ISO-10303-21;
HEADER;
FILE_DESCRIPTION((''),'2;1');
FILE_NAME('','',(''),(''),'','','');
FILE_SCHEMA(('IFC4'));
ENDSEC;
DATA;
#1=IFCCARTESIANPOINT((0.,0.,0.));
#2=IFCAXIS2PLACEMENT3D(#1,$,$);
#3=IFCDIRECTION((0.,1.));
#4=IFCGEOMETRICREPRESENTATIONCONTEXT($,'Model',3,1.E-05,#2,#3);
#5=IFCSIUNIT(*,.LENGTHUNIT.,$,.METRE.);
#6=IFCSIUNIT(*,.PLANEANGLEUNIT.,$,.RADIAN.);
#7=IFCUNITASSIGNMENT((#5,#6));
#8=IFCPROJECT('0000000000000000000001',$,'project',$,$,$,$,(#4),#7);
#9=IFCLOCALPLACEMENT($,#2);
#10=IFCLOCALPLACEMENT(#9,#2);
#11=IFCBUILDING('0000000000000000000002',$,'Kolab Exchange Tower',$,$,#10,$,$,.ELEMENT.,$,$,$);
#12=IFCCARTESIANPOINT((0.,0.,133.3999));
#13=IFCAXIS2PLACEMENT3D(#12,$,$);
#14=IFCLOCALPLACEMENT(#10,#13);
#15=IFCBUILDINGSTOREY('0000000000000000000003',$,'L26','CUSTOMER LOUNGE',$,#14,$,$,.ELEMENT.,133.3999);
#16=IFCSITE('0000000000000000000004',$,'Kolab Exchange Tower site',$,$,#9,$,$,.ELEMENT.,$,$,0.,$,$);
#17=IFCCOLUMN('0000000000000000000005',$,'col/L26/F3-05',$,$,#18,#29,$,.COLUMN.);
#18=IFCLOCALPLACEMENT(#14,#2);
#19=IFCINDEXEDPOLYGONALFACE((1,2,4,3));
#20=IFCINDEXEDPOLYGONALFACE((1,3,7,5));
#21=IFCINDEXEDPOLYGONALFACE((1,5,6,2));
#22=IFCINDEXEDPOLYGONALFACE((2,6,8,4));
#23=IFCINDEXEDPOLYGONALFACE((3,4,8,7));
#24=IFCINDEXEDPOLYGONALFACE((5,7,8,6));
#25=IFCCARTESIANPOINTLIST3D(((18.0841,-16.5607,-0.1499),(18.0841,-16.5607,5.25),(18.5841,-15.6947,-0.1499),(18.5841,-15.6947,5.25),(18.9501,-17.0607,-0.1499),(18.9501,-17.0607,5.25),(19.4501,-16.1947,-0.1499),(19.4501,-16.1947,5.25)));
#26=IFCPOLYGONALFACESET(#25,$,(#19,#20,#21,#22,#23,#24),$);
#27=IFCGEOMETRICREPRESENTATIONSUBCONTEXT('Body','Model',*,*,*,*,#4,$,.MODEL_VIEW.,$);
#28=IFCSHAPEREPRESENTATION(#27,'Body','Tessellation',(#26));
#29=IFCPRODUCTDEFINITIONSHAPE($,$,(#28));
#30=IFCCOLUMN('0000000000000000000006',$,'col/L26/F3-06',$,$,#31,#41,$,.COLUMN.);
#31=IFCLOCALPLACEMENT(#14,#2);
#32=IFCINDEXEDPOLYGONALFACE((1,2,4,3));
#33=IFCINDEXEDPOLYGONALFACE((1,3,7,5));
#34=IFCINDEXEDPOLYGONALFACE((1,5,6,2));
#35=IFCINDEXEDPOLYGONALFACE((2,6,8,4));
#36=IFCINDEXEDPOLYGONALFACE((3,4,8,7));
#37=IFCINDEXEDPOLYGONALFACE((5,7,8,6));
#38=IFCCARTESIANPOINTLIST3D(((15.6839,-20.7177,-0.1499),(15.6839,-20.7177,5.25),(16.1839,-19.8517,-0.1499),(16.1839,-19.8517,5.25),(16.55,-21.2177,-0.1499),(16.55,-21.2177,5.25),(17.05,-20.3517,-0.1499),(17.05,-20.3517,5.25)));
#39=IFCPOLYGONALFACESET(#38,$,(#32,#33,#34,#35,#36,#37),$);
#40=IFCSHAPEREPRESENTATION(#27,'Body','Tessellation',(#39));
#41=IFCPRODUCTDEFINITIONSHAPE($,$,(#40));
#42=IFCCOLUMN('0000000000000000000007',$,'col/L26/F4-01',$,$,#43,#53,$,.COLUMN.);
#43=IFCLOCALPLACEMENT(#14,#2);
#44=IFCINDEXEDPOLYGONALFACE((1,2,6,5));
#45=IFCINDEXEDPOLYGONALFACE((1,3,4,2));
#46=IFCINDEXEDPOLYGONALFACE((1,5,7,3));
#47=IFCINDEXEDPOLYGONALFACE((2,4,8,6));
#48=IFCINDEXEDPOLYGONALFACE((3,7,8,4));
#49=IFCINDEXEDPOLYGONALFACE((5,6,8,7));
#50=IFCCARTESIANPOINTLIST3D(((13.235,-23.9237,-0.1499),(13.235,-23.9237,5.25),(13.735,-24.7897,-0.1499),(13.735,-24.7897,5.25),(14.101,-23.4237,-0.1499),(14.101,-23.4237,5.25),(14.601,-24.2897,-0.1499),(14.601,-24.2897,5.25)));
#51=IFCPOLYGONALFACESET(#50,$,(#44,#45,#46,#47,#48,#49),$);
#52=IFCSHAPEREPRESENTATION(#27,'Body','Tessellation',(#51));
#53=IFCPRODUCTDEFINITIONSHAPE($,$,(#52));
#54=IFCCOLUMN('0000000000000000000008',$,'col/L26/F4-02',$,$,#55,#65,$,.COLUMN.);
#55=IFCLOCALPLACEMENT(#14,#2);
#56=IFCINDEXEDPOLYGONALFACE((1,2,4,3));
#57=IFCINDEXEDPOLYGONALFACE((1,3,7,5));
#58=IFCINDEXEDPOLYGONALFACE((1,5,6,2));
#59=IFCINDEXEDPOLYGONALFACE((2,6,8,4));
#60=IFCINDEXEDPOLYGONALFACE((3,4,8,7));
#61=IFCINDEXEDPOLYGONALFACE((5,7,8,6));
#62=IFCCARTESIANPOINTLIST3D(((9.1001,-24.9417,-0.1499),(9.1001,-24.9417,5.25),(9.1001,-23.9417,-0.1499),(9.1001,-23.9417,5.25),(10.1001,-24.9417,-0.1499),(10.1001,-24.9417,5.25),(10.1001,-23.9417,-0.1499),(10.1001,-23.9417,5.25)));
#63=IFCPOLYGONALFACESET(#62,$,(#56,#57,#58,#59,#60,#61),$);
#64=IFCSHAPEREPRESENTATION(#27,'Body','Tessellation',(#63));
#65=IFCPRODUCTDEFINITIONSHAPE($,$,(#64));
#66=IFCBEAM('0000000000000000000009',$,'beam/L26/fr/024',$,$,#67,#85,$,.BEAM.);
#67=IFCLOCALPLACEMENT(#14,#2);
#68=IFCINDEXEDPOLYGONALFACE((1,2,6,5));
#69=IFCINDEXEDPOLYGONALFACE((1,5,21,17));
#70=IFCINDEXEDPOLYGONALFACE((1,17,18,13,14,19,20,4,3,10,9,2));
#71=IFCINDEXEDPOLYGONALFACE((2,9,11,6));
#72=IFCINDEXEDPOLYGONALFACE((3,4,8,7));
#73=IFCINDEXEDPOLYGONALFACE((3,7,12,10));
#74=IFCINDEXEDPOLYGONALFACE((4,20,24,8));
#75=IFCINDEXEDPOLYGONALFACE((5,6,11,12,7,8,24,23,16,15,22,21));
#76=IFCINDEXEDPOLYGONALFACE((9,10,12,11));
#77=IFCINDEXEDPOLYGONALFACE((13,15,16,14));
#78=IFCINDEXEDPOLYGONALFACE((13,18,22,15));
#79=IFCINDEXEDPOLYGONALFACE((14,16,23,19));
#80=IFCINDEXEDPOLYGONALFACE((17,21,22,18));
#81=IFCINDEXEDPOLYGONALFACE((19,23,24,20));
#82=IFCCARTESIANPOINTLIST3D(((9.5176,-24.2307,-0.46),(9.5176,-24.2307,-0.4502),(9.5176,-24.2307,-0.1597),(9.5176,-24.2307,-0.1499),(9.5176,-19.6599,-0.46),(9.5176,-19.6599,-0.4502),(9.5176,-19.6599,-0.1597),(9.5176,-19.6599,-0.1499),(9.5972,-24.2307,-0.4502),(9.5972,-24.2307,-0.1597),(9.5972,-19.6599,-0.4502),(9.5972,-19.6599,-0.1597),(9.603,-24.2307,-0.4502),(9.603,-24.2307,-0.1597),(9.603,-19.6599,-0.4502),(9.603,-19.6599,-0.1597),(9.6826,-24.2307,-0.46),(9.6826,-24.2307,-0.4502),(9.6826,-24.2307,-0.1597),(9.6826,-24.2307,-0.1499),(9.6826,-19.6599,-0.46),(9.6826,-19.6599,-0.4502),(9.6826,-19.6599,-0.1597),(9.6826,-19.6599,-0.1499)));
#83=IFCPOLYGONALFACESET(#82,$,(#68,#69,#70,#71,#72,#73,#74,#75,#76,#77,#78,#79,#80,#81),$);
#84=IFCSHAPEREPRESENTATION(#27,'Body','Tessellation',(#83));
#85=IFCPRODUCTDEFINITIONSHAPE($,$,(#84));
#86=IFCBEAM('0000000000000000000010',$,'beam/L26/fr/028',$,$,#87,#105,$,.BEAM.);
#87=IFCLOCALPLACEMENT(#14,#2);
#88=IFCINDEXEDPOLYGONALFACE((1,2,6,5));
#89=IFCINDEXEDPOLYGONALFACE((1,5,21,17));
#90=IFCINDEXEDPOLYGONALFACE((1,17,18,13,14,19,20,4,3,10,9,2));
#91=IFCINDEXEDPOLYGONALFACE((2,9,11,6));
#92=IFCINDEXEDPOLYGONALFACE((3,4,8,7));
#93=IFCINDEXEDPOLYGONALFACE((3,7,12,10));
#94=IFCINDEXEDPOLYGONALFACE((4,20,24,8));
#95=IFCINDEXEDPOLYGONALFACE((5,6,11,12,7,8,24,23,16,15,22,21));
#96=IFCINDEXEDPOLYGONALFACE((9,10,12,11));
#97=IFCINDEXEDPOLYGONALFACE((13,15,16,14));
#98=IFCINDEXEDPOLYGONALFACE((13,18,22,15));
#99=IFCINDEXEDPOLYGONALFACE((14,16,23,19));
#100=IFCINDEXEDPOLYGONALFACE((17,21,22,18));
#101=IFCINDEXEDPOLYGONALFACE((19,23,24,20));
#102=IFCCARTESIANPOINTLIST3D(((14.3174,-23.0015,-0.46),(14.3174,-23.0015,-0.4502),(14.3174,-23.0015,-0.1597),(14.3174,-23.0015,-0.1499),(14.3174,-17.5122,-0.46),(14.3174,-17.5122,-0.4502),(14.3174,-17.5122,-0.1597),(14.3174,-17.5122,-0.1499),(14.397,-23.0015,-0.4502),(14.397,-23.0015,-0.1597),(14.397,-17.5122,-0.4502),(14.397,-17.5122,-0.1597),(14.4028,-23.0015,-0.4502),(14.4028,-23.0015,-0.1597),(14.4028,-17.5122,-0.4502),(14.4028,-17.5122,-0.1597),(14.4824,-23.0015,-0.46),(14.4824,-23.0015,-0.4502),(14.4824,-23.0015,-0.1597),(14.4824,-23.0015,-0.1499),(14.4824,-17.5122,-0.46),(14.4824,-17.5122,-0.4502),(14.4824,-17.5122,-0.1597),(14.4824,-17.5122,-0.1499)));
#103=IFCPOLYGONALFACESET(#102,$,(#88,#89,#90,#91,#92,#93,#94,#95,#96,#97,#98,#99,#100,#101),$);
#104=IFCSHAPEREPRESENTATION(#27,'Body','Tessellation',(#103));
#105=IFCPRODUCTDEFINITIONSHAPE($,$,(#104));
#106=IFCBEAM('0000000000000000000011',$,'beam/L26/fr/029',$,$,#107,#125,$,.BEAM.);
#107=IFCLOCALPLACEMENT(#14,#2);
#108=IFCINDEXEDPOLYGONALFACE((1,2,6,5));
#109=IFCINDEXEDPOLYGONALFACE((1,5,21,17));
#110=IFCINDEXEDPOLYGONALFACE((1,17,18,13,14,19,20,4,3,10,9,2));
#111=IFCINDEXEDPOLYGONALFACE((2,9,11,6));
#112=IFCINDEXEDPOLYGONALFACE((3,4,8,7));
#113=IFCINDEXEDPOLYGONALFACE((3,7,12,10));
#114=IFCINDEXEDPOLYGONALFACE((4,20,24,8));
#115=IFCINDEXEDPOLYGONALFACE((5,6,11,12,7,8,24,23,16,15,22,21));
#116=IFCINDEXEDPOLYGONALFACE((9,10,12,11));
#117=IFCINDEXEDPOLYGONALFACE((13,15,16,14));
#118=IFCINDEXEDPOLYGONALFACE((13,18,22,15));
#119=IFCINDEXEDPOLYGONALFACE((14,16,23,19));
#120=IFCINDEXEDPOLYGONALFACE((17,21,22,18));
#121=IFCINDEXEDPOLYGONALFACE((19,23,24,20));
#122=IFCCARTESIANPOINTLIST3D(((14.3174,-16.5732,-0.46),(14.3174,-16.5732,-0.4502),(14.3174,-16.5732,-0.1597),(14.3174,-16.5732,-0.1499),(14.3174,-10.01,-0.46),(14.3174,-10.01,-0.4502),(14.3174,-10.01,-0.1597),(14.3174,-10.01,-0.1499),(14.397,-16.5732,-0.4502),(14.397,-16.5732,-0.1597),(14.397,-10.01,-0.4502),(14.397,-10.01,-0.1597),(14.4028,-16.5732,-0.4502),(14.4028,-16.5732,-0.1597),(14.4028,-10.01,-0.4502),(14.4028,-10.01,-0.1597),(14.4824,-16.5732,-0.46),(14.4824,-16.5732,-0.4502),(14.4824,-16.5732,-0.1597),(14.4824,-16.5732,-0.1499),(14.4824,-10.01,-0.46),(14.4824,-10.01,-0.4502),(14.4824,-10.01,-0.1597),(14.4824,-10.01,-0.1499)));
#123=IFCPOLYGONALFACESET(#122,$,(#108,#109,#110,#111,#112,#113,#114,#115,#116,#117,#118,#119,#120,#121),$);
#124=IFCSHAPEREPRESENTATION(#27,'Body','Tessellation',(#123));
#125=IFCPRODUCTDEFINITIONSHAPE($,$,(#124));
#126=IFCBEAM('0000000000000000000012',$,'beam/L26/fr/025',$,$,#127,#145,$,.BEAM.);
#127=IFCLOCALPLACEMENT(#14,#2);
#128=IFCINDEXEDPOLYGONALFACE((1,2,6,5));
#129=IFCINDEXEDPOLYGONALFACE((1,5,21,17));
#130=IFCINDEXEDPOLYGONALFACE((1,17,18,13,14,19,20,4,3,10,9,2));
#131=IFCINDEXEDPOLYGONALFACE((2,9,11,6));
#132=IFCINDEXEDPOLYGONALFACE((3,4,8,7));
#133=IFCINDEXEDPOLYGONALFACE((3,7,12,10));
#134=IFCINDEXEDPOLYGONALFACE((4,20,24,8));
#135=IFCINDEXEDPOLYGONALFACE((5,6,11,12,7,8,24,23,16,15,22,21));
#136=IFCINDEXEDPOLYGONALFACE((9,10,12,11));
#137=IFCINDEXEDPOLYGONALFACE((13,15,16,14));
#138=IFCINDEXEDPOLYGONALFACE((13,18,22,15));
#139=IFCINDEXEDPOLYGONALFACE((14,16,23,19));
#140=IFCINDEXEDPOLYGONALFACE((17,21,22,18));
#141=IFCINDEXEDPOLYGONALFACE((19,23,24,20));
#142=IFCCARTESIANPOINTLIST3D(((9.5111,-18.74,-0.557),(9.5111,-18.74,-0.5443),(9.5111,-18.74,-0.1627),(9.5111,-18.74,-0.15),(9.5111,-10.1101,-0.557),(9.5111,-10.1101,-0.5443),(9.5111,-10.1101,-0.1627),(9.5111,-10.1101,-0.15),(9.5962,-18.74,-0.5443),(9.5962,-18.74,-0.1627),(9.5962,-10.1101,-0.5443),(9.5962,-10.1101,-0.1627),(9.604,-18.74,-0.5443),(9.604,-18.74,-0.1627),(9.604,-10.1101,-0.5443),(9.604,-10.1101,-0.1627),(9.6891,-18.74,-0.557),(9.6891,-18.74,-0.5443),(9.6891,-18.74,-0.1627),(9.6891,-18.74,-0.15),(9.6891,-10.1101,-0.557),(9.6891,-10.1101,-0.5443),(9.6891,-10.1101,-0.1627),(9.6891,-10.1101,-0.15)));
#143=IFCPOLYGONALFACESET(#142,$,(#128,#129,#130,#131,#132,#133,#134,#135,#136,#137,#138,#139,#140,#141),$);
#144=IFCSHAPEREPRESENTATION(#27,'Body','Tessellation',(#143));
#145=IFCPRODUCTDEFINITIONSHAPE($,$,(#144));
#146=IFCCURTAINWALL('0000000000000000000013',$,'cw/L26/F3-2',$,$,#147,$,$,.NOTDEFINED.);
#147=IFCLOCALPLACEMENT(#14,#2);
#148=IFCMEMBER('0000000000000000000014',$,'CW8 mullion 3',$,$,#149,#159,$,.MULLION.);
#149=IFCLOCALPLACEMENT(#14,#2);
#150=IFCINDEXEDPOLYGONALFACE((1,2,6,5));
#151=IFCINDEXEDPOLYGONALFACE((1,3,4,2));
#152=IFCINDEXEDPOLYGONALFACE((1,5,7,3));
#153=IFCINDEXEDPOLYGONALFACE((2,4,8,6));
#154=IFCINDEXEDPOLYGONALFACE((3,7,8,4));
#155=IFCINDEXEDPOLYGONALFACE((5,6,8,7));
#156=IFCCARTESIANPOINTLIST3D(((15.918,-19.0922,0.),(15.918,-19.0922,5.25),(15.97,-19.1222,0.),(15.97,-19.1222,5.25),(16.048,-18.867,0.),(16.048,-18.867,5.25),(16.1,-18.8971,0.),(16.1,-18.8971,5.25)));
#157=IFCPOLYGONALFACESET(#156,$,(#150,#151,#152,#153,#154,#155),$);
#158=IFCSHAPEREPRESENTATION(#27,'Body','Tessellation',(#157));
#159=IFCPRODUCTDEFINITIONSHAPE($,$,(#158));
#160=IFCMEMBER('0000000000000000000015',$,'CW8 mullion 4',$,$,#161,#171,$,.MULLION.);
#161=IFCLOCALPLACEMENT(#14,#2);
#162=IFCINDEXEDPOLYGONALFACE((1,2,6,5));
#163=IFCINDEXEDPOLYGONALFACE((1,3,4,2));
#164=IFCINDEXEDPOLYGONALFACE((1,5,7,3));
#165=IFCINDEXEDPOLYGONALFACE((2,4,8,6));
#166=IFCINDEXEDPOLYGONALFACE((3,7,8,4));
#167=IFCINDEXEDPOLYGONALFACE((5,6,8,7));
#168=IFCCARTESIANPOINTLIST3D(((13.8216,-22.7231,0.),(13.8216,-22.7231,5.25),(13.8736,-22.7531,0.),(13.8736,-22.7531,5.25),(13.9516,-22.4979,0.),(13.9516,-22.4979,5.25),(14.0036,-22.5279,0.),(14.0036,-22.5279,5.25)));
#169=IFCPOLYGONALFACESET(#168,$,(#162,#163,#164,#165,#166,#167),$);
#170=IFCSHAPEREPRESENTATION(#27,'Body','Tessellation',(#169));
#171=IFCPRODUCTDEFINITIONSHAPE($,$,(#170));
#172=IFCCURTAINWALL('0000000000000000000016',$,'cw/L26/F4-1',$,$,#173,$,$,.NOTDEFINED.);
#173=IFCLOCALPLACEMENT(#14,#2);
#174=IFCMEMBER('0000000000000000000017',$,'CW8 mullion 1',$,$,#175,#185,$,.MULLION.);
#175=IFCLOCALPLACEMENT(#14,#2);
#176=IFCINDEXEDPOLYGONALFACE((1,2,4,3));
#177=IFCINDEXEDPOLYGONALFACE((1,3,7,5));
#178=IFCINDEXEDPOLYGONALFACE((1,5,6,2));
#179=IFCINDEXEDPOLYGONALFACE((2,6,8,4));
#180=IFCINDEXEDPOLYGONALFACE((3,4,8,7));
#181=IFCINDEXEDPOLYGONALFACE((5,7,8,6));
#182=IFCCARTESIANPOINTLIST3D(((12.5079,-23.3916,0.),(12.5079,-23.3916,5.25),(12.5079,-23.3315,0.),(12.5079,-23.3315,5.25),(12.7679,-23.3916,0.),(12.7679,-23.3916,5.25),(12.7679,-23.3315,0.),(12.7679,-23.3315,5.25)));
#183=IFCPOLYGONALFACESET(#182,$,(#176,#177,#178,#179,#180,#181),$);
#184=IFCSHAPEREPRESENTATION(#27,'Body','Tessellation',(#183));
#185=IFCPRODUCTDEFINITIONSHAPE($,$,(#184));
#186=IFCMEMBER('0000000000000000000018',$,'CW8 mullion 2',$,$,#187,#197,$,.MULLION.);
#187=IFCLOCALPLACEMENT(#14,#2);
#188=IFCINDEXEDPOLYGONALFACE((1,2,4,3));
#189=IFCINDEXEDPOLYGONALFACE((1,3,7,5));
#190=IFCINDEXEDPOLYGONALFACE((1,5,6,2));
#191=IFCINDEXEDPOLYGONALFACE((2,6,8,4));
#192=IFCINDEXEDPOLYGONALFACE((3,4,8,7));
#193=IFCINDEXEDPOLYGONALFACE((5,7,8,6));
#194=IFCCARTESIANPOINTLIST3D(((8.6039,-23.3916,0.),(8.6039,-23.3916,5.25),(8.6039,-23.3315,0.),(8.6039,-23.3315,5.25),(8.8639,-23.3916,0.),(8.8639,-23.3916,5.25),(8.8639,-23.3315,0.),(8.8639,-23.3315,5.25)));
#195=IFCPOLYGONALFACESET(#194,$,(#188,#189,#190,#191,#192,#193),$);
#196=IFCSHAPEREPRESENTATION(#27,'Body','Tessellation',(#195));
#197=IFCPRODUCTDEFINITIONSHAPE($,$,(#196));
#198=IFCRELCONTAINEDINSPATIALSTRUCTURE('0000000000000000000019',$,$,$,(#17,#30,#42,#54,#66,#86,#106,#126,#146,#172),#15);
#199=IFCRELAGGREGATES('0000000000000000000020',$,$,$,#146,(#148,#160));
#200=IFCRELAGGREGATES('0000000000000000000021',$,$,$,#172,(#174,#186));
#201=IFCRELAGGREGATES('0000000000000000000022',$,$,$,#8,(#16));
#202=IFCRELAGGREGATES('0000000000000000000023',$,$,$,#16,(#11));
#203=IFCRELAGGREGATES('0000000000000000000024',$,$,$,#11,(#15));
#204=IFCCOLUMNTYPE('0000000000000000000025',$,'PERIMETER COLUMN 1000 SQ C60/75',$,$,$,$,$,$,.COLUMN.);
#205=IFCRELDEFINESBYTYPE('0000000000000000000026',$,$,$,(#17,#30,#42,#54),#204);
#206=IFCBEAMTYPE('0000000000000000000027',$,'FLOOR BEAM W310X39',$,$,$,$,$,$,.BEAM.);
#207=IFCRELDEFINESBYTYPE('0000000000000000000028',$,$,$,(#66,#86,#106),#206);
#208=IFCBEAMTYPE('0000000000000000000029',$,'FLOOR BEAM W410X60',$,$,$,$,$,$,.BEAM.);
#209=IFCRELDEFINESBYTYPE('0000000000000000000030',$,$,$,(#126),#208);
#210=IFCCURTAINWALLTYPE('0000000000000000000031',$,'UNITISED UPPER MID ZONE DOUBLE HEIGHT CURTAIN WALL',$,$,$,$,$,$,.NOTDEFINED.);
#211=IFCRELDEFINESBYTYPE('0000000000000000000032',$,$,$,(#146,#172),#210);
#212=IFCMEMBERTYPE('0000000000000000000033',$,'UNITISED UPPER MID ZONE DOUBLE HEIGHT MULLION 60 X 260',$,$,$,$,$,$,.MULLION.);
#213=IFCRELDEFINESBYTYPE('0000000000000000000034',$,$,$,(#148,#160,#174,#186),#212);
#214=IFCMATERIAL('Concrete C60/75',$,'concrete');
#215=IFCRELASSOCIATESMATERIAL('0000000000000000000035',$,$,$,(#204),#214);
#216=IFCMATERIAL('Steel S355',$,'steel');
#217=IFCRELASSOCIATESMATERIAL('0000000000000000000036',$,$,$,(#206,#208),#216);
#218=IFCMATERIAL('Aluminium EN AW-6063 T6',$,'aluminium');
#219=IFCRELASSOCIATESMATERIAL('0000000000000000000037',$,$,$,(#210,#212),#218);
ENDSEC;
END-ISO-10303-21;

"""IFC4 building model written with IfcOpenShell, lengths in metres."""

from ifc_helpers import new_model, si_unit, direction, frame, origin, origin_2d, place, context, subcontext, project, spatial, rectangle, i_section, extrude, material, material_profile, profile_set, type_object, element, aggregate, save


model = new_model("IFC4")

# Units and contexts
model_context = context("Model", 3, precision=1e-05, world=origin(), true_north=direction((0.0, 1.0)))
body_context = subcontext(model_context, "Body", "Model", "MODEL_VIEW")
ifc_project = project(units=[si_unit("LENGTHUNIT", "METRE"), si_unit("PLANEANGLEUNIT", "RADIAN")], contexts=[model_context])

# Site, building, storey
site_placement = place(None, origin())
site = spatial("IfcSite", under=ifc_project, at=site_placement, Name="Kolab Exchange Tower site", CompositionType="ELEMENT", RefElevation=0.0)
building_placement = place(site_placement, origin())
building = spatial("IfcBuilding", under=site, at=building_placement, Name="Kolab Exchange Tower", CompositionType="ELEMENT")
storey_placement = place(building_placement, frame((0.0, 0.0, 133.3999)))
storey = spatial("IfcBuildingStorey", under=building, at=storey_placement, Name="L26", Description="CUSTOMER LOUNGE", CompositionType="ELEMENT", Elevation=133.3999)

# Columns
ifc_material_1 = material(Name="Concrete C60/75", Category="concrete")
ifc_material_profile_1 = material_profile(ifc_material_1, rectangle(XDim=1.0, YDim=1.0, at=origin_2d()), Name="RC1000")
ifc_profile_set_1 = profile_set([ifc_material_profile_1], Name="Concrete C60/75")
column_type = type_object("IfcColumnType", Name="PERIMETER COLUMN 1000 SQ C60/75", PredefinedType="COLUMN", material=ifc_profile_set_1)
for number, where, z_axis, x_axis, name in (
    (1, (18.7671, -16.3777, -0.1499), (0.0, 0.0, 1.0), (0.5, 0.866025, 0.0), "col/L26/F3-05"),
    (2, (16.3669, -20.5347, -0.1499), (0.0, 0.0, 1.0), (0.5, 0.866025, 0.0), "col/L26/F3-06"),
    (3, (13.918, -24.1067, -0.1499), (0.0, 0.0, 1.0), (0.866025, 0.5, 0.0), "col/L26/F4-01"),
    (4, (9.6001, -24.4417, -0.1499), (0.0, 0.0, 1.0), (1.0, 0.0, 0.0), "col/L26/F4-02"),
):
    element("IfcColumn", number, at=place(storey_placement, frame(where, z_axis=z_axis, x_axis=x_axis)), inside=storey, type_object=column_type, Name=name, PredefinedType="COLUMN", context=body_context, shape_type="SweptSolid", body=[
        extrude(rectangle(XDim=1.0, YDim=1.0, at=origin_2d()), origin(), (0.0, 0.0, 1.0), 5.3999),
    ])

# Beams
ifc_material_2 = material(Name="Steel S355", Category="steel")
ifc_material_profile_2 = material_profile(ifc_material_2, i_section(OverallWidth=0.165, OverallDepth=0.3101, WebThickness=0.0059, FlangeThickness=0.0098, at=origin_2d()), Name="W310X39")
ifc_profile_set_2 = profile_set([ifc_material_profile_2], Name="Steel S355")
beam_type_1 = type_object("IfcBeamType", Name="FLOOR BEAM W310X39", PredefinedType="BEAM", material=ifc_profile_set_2)
beam_1_placement = place(storey_placement, frame((9.6001, -24.2307, -0.3049), z_axis=(0.0, 1.0, 0.0), x_axis=(-1.0, 0.0, 0.0)))
element("IfcBeam", 5, at=beam_1_placement, inside=storey, type_object=beam_type_1, Name="beam/L26/fr/024", PredefinedType="BEAM", context=body_context, shape_type="SweptSolid", body=[
    extrude(i_section(OverallWidth=0.165, OverallDepth=0.3101, WebThickness=0.0059, FlangeThickness=0.0098, at=origin_2d()), origin(), (0.0, 0.0, 1.0), 4.5708),
])
beam_2_placement = place(storey_placement, frame((14.3999, -23.0015, -0.3049), z_axis=(0.0, 1.0, 0.0), x_axis=(-1.0, 0.0, 0.0)))
element("IfcBeam", 6, at=beam_2_placement, inside=storey, type_object=beam_type_1, Name="beam/L26/fr/028", PredefinedType="BEAM", context=body_context, shape_type="SweptSolid", body=[
    extrude(i_section(OverallWidth=0.165, OverallDepth=0.3101, WebThickness=0.0059, FlangeThickness=0.0098, at=origin_2d()), origin(), (0.0, 0.0, 1.0), 5.4893),
])
beam_3_placement = place(storey_placement, frame((14.3999, -16.5732, -0.3049), z_axis=(0.0, 1.0, 0.0), x_axis=(-1.0, 0.0, 0.0)))
element("IfcBeam", 7, at=beam_3_placement, inside=storey, type_object=beam_type_1, Name="beam/L26/fr/029", PredefinedType="BEAM", context=body_context, shape_type="SweptSolid", body=[
    extrude(i_section(OverallWidth=0.165, OverallDepth=0.3101, WebThickness=0.0059, FlangeThickness=0.0098, at=origin_2d()), origin(), (0.0, 0.0, 1.0), 6.5632),
])
ifc_material_profile_3 = material_profile(ifc_material_2, i_section(OverallWidth=0.178, OverallDepth=0.407, WebThickness=0.0078, FlangeThickness=0.0127, at=origin_2d()), Name="W410X60")
ifc_profile_set_3 = profile_set([ifc_material_profile_3], Name="Steel S355")
beam_type_2 = type_object("IfcBeamType", Name="FLOOR BEAM W410X60", PredefinedType="BEAM", material=ifc_profile_set_3)
beam_4_placement = place(storey_placement, frame((9.6001, -18.74, -0.3535), z_axis=(0.0, 1.0, 0.0), x_axis=(-1.0, 0.0, 0.0)))
element("IfcBeam", 8, at=beam_4_placement, inside=storey, type_object=beam_type_2, Name="beam/L26/fr/025", PredefinedType="BEAM", context=body_context, shape_type="SweptSolid", body=[
    extrude(i_section(OverallWidth=0.178, OverallDepth=0.407, WebThickness=0.0078, FlangeThickness=0.0127, at=origin_2d()), origin(), (0.0, 0.0, 1.0), 8.6299),
])

# Curtain walls, members
ifc_material_3 = material(Name="Aluminium EN AW-6063 T6", Category="aluminium")
curtain_wall_type = type_object("IfcCurtainWallType", Name="UNITISED UPPER MID ZONE DOUBLE HEIGHT CURTAIN WALL", PredefinedType="NOTDEFINED", material=ifc_material_3)
curtain_wall_1_placement = place(storey_placement, origin())
curtain_wall_1 = element("IfcCurtainWall", 9, at=curtain_wall_1_placement, inside=storey, type_object=curtain_wall_type, Name="cw/L26/F3-2", PredefinedType="NOTDEFINED")
ifc_material_profile_4 = material_profile(ifc_material_3, rectangle(XDim=0.0601, YDim=0.26, at=origin_2d()), Name="RECT 60X260")
ifc_profile_set_4 = profile_set([ifc_material_profile_4], Name="Aluminium EN AW-6063 T6")
member_type_1 = type_object("IfcMemberType", Name="UNITISED UPPER MID ZONE DOUBLE HEIGHT MULLION 60 X 260", PredefinedType="MULLION", material=ifc_profile_set_4)
member_1_placement = place(storey_placement, frame((16.009, -18.9946, 0.0), z_axis=(0.0, 0.0, 1.0), x_axis=(0.866025, -0.5, 0.0)))
member_1 = element("IfcMember", 10, at=member_1_placement, type_object=member_type_1, Name="CW8 mullion 3", PredefinedType="MULLION", context=body_context, shape_type="SweptSolid", body=[
    extrude(rectangle(XDim=0.0601, YDim=0.26, at=origin_2d()), origin(), (0.0, 0.0, 1.0), 5.25),
])
member_2_placement = place(storey_placement, frame((13.9126, -22.6255, 0.0), z_axis=(0.0, 0.0, 1.0), x_axis=(0.866025, -0.5, 0.0)))
member_2 = element("IfcMember", 11, at=member_2_placement, type_object=member_type_1, Name="CW8 mullion 4", PredefinedType="MULLION", context=body_context, shape_type="SweptSolid", body=[
    extrude(rectangle(XDim=0.0601, YDim=0.26, at=origin_2d()), origin(), (0.0, 0.0, 1.0), 5.25),
])
curtain_wall_2_placement = place(storey_placement, origin())
curtain_wall_2 = element("IfcCurtainWall", 12, at=curtain_wall_2_placement, inside=storey, type_object=curtain_wall_type, Name="cw/L26/F4-1", PredefinedType="NOTDEFINED")
member_3_placement = place(storey_placement, frame((12.6379, -23.3616, 0.0), z_axis=(0.0, 0.0, 1.0), x_axis=(0.0, -1.0, 0.0)))
member_3 = element("IfcMember", 13, at=member_3_placement, type_object=member_type_1, Name="CW8 mullion 1", PredefinedType="MULLION", context=body_context, shape_type="SweptSolid", body=[
    extrude(rectangle(XDim=0.0601, YDim=0.26, at=origin_2d()), origin(), (0.0, 0.0, 1.0), 5.25),
])
member_4_placement = place(storey_placement, frame((8.7339, -23.3616, 0.0), z_axis=(0.0, 0.0, 1.0), x_axis=(0.0, -1.0, 0.0)))
member_4 = element("IfcMember", 14, at=member_4_placement, type_object=member_type_1, Name="CW8 mullion 2", PredefinedType="MULLION", context=body_context, shape_type="SweptSolid", body=[
    extrude(rectangle(XDim=0.0601, YDim=0.26, at=origin_2d()), origin(), (0.0, 0.0, 1.0), 5.25),
])

aggregate(curtain_wall_1, [member_1, member_2])
aggregate(curtain_wall_2, [member_3, member_4])

save(model, "model.ifc")
